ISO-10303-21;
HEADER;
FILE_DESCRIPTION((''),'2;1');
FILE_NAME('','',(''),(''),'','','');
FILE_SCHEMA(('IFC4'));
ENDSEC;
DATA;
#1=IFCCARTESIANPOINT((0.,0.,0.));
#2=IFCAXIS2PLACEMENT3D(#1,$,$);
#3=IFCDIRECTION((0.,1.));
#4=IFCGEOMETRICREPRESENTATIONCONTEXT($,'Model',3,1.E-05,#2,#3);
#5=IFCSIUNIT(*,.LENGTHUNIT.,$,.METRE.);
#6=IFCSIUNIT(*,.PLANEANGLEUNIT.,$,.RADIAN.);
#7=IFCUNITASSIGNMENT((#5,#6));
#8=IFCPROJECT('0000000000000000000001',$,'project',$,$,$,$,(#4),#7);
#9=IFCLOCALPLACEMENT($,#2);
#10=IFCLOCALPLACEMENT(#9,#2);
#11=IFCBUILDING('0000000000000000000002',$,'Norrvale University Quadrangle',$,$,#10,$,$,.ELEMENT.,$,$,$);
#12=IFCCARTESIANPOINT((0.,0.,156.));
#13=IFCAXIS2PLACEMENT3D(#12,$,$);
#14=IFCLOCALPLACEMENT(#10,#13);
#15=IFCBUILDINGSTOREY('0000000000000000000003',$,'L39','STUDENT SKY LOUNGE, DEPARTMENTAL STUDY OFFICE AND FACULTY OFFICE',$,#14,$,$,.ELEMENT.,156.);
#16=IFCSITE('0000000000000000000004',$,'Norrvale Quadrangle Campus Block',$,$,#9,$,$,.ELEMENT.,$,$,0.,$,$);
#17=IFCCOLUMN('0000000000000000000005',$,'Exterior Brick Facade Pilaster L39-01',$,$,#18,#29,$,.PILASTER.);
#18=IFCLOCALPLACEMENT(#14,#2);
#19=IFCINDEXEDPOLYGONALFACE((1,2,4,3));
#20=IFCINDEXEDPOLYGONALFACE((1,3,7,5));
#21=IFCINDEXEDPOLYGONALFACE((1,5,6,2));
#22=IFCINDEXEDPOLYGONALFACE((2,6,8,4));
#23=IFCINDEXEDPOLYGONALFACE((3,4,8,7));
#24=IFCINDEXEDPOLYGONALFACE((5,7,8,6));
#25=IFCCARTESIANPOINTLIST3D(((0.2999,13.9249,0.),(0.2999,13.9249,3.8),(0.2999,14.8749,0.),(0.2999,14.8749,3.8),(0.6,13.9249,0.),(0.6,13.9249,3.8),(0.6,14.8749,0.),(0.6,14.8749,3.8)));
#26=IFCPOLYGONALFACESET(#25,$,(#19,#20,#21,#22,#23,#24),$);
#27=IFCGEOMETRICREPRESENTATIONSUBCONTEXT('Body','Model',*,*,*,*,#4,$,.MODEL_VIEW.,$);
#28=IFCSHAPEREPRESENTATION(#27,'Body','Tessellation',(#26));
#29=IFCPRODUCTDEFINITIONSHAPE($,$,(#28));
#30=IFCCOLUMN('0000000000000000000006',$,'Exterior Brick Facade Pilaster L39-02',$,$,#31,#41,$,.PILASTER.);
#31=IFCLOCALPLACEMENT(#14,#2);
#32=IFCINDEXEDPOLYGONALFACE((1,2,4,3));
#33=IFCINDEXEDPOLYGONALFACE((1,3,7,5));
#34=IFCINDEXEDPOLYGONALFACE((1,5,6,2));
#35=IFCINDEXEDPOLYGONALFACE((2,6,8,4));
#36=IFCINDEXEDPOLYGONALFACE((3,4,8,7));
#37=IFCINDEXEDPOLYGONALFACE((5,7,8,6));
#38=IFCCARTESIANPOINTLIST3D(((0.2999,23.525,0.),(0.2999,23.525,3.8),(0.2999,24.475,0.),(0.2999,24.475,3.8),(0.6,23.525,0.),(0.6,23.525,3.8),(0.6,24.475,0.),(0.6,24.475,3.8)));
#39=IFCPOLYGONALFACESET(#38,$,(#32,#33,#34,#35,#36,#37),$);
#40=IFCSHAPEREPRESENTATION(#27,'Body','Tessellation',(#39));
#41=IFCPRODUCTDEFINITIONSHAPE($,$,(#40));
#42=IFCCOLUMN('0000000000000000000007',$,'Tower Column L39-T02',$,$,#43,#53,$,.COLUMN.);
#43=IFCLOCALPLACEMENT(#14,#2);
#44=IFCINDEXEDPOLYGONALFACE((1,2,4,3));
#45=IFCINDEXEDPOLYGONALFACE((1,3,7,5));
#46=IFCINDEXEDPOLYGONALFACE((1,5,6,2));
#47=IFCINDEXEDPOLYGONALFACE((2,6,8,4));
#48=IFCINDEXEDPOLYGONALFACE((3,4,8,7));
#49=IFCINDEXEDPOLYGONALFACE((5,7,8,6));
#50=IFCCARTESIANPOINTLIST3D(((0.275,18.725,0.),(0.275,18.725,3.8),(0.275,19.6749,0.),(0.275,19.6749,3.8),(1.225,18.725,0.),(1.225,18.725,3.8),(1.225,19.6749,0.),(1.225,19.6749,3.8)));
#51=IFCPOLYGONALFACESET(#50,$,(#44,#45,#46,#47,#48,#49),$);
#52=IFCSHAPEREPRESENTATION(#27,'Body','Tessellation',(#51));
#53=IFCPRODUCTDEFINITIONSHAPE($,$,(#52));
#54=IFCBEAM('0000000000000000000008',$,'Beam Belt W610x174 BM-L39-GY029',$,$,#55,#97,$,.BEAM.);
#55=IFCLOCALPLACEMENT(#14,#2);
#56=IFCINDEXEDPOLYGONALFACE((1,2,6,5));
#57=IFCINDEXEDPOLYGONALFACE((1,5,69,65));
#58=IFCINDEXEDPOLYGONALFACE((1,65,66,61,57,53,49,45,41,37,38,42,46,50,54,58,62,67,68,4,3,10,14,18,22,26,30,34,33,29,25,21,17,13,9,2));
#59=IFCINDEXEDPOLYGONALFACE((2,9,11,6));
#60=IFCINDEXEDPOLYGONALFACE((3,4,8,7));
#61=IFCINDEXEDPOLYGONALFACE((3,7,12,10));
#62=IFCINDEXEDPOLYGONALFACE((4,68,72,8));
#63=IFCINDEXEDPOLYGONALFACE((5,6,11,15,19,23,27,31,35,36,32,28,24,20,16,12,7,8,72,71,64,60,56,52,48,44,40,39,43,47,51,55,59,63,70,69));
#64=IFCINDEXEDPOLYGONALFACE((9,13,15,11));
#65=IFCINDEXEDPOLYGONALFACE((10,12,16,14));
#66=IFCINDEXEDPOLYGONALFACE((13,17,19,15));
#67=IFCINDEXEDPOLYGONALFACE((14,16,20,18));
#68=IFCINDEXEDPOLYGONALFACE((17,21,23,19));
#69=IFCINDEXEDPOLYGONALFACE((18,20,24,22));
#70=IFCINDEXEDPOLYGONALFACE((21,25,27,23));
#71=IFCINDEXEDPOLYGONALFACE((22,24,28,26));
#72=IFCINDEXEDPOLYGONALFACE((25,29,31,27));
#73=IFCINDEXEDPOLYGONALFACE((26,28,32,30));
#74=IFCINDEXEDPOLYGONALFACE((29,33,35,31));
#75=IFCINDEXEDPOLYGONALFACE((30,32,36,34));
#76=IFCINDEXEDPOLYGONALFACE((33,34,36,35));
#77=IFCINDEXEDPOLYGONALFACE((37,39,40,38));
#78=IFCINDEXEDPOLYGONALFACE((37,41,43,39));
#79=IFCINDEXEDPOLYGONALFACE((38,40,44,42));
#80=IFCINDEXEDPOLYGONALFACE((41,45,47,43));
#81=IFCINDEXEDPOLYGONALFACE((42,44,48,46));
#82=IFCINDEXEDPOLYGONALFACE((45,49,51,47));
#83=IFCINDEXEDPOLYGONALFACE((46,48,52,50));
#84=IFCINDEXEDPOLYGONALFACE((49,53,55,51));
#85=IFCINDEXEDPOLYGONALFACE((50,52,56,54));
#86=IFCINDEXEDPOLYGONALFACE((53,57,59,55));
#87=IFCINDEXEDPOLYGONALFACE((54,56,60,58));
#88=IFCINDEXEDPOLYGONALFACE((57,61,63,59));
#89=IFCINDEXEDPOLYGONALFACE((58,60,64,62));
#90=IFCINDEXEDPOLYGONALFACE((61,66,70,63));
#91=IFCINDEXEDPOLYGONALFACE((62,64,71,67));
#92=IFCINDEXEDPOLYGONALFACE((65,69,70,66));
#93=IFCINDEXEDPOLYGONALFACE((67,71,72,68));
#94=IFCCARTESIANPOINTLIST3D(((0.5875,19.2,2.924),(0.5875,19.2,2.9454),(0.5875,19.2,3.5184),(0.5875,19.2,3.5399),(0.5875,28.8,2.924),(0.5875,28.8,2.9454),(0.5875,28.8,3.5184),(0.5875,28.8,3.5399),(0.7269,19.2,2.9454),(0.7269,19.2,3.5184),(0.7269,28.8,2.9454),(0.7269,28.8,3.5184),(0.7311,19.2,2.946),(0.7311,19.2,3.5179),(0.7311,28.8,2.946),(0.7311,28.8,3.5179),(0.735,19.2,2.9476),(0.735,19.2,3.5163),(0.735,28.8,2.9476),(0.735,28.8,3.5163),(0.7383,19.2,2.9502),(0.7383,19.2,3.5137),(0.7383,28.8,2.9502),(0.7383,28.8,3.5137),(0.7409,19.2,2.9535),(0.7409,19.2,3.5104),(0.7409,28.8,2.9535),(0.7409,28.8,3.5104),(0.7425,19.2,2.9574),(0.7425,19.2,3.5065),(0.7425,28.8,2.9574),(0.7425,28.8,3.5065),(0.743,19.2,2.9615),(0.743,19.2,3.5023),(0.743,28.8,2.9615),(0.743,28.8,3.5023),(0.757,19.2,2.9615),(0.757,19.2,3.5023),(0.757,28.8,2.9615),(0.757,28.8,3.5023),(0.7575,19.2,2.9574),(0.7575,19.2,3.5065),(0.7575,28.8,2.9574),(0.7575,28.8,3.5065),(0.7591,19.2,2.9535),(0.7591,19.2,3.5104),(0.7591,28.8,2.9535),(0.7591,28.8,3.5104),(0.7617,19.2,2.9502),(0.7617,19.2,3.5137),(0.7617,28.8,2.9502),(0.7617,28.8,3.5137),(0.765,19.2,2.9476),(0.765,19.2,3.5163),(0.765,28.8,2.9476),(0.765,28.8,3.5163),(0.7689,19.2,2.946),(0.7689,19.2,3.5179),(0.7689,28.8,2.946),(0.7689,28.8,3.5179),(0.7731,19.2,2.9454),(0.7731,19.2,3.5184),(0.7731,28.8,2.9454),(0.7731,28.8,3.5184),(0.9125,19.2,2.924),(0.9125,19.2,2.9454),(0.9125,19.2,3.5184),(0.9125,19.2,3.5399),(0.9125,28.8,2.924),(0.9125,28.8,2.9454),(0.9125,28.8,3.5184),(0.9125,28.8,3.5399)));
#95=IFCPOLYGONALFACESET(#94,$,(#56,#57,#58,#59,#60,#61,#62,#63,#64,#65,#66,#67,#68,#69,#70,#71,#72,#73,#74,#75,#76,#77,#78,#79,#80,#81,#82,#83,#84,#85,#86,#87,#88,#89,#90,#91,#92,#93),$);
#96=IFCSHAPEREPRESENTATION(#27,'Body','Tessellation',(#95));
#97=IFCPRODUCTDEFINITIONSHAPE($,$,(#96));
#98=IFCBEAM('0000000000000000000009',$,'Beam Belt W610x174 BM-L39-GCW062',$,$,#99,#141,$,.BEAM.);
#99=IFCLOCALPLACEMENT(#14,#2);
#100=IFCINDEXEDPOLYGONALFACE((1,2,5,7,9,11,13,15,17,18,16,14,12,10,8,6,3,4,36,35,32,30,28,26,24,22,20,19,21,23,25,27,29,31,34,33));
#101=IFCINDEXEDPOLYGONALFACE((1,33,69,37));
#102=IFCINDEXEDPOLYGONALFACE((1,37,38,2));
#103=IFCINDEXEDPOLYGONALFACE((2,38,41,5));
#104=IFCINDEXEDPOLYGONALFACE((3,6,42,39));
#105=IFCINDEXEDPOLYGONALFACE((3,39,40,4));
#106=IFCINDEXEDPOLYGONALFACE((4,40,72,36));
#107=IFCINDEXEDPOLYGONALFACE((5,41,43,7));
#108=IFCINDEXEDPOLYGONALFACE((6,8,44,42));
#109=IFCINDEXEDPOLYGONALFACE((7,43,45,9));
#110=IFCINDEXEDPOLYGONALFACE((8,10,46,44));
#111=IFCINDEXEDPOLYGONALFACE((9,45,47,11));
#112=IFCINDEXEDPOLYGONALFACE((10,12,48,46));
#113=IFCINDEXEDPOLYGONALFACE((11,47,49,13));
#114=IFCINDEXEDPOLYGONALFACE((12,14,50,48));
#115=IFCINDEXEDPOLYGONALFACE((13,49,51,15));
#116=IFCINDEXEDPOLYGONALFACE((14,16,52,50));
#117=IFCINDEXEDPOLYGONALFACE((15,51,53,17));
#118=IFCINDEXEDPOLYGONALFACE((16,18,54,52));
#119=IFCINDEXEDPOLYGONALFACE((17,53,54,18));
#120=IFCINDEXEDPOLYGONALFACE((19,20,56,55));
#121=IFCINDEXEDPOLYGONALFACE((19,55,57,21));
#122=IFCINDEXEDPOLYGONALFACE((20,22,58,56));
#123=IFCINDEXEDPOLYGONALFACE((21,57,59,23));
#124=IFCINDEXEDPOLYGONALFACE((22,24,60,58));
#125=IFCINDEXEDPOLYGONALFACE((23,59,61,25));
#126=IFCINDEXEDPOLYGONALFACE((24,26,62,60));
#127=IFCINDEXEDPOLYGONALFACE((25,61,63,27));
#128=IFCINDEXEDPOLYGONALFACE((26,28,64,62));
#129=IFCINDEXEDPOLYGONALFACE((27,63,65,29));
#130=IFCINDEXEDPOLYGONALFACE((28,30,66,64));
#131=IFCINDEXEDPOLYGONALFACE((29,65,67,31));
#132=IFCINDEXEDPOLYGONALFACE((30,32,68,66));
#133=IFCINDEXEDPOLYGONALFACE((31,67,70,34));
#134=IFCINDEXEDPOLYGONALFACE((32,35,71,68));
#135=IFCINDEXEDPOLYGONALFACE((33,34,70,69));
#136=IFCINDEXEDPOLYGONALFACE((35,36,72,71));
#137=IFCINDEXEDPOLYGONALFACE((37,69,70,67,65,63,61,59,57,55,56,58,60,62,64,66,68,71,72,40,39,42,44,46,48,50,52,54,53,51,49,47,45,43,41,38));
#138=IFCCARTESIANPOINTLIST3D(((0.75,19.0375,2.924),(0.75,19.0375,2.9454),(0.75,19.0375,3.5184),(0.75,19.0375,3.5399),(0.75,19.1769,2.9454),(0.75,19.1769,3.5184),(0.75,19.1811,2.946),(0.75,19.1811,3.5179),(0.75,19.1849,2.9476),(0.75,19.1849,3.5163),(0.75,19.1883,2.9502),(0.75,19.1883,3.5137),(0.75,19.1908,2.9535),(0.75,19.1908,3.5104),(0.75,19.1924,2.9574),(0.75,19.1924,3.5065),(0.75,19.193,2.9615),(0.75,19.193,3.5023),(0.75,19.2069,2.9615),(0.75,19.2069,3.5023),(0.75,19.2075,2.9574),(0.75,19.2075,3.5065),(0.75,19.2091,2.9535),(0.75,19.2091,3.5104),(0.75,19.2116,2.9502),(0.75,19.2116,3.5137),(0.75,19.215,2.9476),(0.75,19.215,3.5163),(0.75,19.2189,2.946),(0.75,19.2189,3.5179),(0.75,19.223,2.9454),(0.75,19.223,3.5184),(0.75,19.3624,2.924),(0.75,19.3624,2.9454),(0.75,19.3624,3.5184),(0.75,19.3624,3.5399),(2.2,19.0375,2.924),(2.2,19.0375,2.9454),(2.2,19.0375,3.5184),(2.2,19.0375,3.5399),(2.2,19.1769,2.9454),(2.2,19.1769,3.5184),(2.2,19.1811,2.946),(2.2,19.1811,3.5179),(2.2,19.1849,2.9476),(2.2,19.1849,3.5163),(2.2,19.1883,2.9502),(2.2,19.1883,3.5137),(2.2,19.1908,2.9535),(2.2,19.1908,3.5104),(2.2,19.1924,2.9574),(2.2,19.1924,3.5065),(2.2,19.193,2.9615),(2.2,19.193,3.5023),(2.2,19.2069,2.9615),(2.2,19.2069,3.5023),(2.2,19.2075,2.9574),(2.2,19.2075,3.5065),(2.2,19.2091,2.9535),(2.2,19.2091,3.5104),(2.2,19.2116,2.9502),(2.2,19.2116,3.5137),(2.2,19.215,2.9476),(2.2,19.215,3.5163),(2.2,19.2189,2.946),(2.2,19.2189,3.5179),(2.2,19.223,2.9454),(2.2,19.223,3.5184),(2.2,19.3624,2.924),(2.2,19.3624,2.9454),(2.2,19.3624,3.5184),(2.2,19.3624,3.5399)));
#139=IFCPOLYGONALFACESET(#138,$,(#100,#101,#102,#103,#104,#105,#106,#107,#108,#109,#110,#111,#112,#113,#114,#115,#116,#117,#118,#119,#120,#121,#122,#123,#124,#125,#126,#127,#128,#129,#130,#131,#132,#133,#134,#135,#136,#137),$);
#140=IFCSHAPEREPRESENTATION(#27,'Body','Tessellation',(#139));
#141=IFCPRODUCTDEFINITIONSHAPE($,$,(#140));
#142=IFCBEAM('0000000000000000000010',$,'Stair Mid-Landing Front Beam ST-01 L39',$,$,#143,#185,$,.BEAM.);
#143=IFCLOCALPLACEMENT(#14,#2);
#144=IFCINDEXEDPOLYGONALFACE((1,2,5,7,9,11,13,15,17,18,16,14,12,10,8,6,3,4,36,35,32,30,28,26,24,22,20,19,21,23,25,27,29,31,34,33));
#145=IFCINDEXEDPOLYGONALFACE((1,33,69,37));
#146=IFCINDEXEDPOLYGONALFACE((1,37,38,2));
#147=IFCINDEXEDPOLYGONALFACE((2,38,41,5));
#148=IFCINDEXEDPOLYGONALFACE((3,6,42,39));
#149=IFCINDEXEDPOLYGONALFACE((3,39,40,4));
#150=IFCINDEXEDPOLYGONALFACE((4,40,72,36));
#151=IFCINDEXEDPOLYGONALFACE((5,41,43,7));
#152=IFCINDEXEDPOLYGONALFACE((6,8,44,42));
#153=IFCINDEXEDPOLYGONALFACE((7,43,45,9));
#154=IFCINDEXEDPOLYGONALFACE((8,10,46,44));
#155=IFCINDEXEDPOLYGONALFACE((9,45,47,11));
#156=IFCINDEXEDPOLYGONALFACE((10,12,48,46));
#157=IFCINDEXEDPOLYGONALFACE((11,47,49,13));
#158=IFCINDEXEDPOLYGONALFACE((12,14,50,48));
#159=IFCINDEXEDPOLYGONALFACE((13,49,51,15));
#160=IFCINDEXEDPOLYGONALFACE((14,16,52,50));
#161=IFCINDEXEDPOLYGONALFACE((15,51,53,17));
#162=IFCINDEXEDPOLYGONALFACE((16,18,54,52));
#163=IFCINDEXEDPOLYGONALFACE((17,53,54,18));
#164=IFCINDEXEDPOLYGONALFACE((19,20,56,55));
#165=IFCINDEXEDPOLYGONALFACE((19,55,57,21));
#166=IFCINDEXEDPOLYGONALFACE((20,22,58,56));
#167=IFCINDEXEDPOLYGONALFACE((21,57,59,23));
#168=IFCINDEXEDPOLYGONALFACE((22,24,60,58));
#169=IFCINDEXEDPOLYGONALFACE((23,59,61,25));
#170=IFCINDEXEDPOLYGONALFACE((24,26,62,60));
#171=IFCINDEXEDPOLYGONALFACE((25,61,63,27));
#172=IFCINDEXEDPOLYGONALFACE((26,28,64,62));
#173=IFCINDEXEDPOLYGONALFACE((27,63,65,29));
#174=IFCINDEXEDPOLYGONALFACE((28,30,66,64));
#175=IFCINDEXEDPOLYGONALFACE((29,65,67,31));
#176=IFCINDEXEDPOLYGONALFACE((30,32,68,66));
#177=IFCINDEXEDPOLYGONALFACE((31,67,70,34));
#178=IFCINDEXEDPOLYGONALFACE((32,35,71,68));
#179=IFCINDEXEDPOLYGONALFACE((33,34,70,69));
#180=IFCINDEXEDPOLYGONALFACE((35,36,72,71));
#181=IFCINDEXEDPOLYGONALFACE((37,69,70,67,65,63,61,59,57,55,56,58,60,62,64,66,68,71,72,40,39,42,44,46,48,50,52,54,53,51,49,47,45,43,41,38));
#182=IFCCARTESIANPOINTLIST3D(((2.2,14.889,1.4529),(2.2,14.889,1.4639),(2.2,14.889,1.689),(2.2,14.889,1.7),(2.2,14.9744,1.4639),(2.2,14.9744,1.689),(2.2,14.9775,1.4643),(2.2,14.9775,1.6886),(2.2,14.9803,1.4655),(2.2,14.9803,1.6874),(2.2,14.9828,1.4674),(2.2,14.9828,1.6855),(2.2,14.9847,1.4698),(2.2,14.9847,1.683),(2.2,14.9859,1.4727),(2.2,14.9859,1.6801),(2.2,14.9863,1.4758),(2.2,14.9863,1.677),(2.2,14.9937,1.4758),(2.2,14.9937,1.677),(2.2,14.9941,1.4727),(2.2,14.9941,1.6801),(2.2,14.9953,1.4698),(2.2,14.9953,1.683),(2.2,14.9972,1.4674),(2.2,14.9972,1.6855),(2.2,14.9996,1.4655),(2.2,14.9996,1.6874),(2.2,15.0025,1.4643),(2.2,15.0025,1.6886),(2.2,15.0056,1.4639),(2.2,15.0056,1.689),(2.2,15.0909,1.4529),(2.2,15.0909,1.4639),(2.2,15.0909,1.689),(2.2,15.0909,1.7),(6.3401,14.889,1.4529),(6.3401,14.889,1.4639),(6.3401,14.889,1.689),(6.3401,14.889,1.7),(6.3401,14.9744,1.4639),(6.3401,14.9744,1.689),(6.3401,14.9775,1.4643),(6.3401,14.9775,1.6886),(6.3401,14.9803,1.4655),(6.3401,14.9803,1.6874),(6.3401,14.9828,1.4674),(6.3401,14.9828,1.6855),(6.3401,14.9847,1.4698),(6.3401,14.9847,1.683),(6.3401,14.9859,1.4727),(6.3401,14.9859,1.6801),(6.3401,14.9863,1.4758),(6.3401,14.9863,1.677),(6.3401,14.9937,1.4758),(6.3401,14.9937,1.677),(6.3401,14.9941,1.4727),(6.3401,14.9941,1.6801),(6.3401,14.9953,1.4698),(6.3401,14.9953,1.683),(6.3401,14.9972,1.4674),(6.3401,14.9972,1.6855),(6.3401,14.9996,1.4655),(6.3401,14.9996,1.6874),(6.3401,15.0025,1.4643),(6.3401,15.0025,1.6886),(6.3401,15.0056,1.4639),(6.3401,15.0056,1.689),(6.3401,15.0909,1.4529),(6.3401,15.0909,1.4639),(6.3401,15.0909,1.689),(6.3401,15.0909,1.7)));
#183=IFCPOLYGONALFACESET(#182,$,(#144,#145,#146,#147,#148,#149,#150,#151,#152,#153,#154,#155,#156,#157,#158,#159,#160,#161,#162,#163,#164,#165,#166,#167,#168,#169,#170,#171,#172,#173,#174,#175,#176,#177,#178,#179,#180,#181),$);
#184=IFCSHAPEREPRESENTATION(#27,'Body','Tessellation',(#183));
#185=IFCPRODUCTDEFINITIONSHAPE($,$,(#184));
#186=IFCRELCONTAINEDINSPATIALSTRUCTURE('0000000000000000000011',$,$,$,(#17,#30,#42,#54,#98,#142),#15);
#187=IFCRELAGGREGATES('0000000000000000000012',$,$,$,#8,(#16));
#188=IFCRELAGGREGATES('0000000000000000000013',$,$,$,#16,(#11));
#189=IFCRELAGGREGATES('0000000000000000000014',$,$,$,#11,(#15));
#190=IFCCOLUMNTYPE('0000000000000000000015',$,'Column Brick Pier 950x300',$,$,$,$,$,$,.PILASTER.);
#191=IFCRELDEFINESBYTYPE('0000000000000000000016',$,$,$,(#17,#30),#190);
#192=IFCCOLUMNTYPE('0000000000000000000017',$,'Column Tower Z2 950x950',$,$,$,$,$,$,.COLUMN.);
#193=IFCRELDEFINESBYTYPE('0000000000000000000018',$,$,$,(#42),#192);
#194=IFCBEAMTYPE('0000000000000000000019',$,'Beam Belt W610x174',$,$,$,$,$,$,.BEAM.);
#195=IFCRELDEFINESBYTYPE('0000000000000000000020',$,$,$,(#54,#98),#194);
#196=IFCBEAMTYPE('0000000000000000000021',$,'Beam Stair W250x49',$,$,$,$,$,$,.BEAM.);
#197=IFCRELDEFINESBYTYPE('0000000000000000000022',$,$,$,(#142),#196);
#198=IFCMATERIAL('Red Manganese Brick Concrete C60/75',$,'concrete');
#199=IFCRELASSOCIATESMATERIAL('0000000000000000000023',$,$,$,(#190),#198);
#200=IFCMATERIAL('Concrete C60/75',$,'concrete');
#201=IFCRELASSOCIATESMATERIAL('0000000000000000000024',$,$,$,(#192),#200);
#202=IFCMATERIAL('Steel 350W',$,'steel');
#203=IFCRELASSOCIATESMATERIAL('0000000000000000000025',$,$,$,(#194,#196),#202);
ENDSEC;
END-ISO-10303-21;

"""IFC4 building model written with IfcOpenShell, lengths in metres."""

from ifc_helpers import new_model, si_unit, direction, frame, origin, origin_2d, place, context, subcontext, project, spatial, rectangle, i_section, extrude, material, material_profile, profile_set, type_object, element, save


model = new_model("IFC4")

# Units and contexts
model_context = context("Model", 3, precision=1e-05, world=origin(), true_north=direction((0.0, 1.0)))
body_context = subcontext(model_context, "Body", "Model", "MODEL_VIEW")
ifc_project = project(units=[si_unit("LENGTHUNIT", "METRE"), si_unit("PLANEANGLEUNIT", "RADIAN")], contexts=[model_context])

# Site, building, storey
site_placement = place(None, origin())
site = spatial("IfcSite", under=ifc_project, at=site_placement, Name="Norrvale Quadrangle Campus Block", CompositionType="ELEMENT", RefElevation=0.0)
building_placement = place(site_placement, origin())
building = spatial("IfcBuilding", under=site, at=building_placement, Name="Norrvale University Quadrangle", CompositionType="ELEMENT")
storey_placement = place(building_placement, frame((0.0, 0.0, 156.0)))
storey = spatial("IfcBuildingStorey", under=building, at=storey_placement, Name="L39", Description="STUDENT SKY LOUNGE, DEPARTMENTAL STUDY OFFICE AND FACULTY OFFICE", CompositionType="ELEMENT", Elevation=156.0)

# Columns
ifc_material_1 = material(Name="Red Manganese Brick Concrete C60/75", Category="concrete")
ifc_material_profile_1 = material_profile(ifc_material_1, rectangle(XDim=0.95, YDim=0.3, at=origin_2d()), Name="Red Manganese Brick Concrete C60/75")
ifc_profile_set_1 = profile_set([ifc_material_profile_1], Name="Red Manganese Brick Concrete C60/75")
column_type_1 = type_object("IfcColumnType", Name="Column Brick Pier 950x300", PredefinedType="PILASTER", material=ifc_profile_set_1)
for number, where, z_axis, x_axis, name in (
    (1, (0.45, 14.3999, 0.0), (0.0, 0.0, 1.0), (0.0, 1.0, 0.0), "Exterior Brick Facade Pilaster L39-01"),
    (2, (0.45, 24.0, 0.0), (0.0, 0.0, 1.0), (0.0, 1.0, 0.0), "Exterior Brick Facade Pilaster L39-02"),
):
    element("IfcColumn", number, at=place(storey_placement, frame(where, z_axis=z_axis, x_axis=x_axis)), inside=storey, type_object=column_type_1, Name=name, PredefinedType="PILASTER", context=body_context, shape_type="SweptSolid", body=[
        extrude(rectangle(XDim=0.95, YDim=0.3, at=origin_2d()), origin(), (0.0, 0.0, 1.0), 3.8),
    ])
ifc_material_2 = material(Name="Concrete C60/75", Category="concrete")
ifc_material_profile_2 = material_profile(ifc_material_2, rectangle(XDim=0.95, YDim=0.95, at=origin_2d()), Name="Concrete C60/75")
ifc_profile_set_2 = profile_set([ifc_material_profile_2], Name="Concrete C60/75")
column_type_2 = type_object("IfcColumnType", Name="Column Tower Z2 950x950", PredefinedType="COLUMN", material=ifc_profile_set_2)
column_placement = place(storey_placement, frame((0.75, 19.2, 0.0), z_axis=(0.0, 0.0, 1.0), x_axis=(1.0, 0.0, 0.0)))
element("IfcColumn", 3, at=column_placement, inside=storey, type_object=column_type_2, Name="Tower Column L39-T02", PredefinedType="COLUMN", context=body_context, shape_type="SweptSolid", body=[
    extrude(rectangle(XDim=0.95, YDim=0.95, at=origin_2d()), origin(), (0.0, 0.0, 1.0), 3.8),
])

# Beams
ifc_material_3 = material(Name="Steel 350W", Category="steel")
ifc_material_profile_3 = material_profile(ifc_material_3, i_section(OverallWidth=0.325, OverallDepth=0.616, WebThickness=0.0139, FlangeThickness=0.0215, FilletRadius=0.0161, at=origin_2d()), Name="Steel 350W")
ifc_profile_set_3 = profile_set([ifc_material_profile_3], Name="Steel 350W")
beam_type_1 = type_object("IfcBeamType", Name="Beam Belt W610x174", PredefinedType="BEAM", material=ifc_profile_set_3)
beam_1_placement = place(storey_placement, frame((0.75, 19.2, 3.2319), z_axis=(0.0, 1.0, 0.0), x_axis=(-1.0, 0.0, 0.0)))
element("IfcBeam", 4, at=beam_1_placement, inside=storey, type_object=beam_type_1, Name="Beam Belt W610x174 BM-L39-GY029", PredefinedType="BEAM", context=body_context, shape_type="SweptSolid", body=[
    extrude(i_section(OverallWidth=0.325, OverallDepth=0.616, WebThickness=0.0139, FlangeThickness=0.0215, FilletRadius=0.0161, at=origin_2d()), origin(), (0.0, 0.0, 1.0), 9.6001),
])
beam_2_placement = place(storey_placement, frame((0.75, 19.2, 3.2319), z_axis=(1.0, 0.0, 0.0), x_axis=(0.0, 1.0, 0.0)))
element("IfcBeam", 5, at=beam_2_placement, inside=storey, type_object=beam_type_1, Name="Beam Belt W610x174 BM-L39-GCW062", PredefinedType="BEAM", context=body_context, shape_type="SweptSolid", body=[
    extrude(i_section(OverallWidth=0.325, OverallDepth=0.616, WebThickness=0.0139, FlangeThickness=0.0215, FilletRadius=0.0161, at=origin_2d()), origin(), (0.0, 0.0, 1.0), 1.45),
])
ifc_material_profile_4 = material_profile(ifc_material_3, i_section(OverallWidth=0.2019, OverallDepth=0.2471, WebThickness=0.0073, FlangeThickness=0.011, FilletRadius=0.012, at=origin_2d()), Name="Steel 350W")
ifc_profile_set_4 = profile_set([ifc_material_profile_4], Name="Steel 350W")
beam_type_2 = type_object("IfcBeamType", Name="Beam Stair W250x49", PredefinedType="BEAM", material=ifc_profile_set_4)
for number, where, z_axis, x_axis, name in (
    (6, (2.2, 14.99, 1.5764), (1.0, 0.0, 0.0), (0.0, 1.0, 0.0), "Stair Mid-Landing Front Beam ST-01 L39"),
):
    element("IfcBeam", number, at=place(storey_placement, frame(where, z_axis=z_axis, x_axis=x_axis)), inside=storey, type_object=beam_type_2, Name=name, PredefinedType="BEAM", context=body_context, shape_type="SweptSolid", body=[
        extrude(i_section(OverallWidth=0.2019, OverallDepth=0.2471, WebThickness=0.0073, FlangeThickness=0.011, FilletRadius=0.012, at=origin_2d()), origin(), (0.0, 0.0, 1.0), 4.1401),
    ])

save(model, "model.ifc")
